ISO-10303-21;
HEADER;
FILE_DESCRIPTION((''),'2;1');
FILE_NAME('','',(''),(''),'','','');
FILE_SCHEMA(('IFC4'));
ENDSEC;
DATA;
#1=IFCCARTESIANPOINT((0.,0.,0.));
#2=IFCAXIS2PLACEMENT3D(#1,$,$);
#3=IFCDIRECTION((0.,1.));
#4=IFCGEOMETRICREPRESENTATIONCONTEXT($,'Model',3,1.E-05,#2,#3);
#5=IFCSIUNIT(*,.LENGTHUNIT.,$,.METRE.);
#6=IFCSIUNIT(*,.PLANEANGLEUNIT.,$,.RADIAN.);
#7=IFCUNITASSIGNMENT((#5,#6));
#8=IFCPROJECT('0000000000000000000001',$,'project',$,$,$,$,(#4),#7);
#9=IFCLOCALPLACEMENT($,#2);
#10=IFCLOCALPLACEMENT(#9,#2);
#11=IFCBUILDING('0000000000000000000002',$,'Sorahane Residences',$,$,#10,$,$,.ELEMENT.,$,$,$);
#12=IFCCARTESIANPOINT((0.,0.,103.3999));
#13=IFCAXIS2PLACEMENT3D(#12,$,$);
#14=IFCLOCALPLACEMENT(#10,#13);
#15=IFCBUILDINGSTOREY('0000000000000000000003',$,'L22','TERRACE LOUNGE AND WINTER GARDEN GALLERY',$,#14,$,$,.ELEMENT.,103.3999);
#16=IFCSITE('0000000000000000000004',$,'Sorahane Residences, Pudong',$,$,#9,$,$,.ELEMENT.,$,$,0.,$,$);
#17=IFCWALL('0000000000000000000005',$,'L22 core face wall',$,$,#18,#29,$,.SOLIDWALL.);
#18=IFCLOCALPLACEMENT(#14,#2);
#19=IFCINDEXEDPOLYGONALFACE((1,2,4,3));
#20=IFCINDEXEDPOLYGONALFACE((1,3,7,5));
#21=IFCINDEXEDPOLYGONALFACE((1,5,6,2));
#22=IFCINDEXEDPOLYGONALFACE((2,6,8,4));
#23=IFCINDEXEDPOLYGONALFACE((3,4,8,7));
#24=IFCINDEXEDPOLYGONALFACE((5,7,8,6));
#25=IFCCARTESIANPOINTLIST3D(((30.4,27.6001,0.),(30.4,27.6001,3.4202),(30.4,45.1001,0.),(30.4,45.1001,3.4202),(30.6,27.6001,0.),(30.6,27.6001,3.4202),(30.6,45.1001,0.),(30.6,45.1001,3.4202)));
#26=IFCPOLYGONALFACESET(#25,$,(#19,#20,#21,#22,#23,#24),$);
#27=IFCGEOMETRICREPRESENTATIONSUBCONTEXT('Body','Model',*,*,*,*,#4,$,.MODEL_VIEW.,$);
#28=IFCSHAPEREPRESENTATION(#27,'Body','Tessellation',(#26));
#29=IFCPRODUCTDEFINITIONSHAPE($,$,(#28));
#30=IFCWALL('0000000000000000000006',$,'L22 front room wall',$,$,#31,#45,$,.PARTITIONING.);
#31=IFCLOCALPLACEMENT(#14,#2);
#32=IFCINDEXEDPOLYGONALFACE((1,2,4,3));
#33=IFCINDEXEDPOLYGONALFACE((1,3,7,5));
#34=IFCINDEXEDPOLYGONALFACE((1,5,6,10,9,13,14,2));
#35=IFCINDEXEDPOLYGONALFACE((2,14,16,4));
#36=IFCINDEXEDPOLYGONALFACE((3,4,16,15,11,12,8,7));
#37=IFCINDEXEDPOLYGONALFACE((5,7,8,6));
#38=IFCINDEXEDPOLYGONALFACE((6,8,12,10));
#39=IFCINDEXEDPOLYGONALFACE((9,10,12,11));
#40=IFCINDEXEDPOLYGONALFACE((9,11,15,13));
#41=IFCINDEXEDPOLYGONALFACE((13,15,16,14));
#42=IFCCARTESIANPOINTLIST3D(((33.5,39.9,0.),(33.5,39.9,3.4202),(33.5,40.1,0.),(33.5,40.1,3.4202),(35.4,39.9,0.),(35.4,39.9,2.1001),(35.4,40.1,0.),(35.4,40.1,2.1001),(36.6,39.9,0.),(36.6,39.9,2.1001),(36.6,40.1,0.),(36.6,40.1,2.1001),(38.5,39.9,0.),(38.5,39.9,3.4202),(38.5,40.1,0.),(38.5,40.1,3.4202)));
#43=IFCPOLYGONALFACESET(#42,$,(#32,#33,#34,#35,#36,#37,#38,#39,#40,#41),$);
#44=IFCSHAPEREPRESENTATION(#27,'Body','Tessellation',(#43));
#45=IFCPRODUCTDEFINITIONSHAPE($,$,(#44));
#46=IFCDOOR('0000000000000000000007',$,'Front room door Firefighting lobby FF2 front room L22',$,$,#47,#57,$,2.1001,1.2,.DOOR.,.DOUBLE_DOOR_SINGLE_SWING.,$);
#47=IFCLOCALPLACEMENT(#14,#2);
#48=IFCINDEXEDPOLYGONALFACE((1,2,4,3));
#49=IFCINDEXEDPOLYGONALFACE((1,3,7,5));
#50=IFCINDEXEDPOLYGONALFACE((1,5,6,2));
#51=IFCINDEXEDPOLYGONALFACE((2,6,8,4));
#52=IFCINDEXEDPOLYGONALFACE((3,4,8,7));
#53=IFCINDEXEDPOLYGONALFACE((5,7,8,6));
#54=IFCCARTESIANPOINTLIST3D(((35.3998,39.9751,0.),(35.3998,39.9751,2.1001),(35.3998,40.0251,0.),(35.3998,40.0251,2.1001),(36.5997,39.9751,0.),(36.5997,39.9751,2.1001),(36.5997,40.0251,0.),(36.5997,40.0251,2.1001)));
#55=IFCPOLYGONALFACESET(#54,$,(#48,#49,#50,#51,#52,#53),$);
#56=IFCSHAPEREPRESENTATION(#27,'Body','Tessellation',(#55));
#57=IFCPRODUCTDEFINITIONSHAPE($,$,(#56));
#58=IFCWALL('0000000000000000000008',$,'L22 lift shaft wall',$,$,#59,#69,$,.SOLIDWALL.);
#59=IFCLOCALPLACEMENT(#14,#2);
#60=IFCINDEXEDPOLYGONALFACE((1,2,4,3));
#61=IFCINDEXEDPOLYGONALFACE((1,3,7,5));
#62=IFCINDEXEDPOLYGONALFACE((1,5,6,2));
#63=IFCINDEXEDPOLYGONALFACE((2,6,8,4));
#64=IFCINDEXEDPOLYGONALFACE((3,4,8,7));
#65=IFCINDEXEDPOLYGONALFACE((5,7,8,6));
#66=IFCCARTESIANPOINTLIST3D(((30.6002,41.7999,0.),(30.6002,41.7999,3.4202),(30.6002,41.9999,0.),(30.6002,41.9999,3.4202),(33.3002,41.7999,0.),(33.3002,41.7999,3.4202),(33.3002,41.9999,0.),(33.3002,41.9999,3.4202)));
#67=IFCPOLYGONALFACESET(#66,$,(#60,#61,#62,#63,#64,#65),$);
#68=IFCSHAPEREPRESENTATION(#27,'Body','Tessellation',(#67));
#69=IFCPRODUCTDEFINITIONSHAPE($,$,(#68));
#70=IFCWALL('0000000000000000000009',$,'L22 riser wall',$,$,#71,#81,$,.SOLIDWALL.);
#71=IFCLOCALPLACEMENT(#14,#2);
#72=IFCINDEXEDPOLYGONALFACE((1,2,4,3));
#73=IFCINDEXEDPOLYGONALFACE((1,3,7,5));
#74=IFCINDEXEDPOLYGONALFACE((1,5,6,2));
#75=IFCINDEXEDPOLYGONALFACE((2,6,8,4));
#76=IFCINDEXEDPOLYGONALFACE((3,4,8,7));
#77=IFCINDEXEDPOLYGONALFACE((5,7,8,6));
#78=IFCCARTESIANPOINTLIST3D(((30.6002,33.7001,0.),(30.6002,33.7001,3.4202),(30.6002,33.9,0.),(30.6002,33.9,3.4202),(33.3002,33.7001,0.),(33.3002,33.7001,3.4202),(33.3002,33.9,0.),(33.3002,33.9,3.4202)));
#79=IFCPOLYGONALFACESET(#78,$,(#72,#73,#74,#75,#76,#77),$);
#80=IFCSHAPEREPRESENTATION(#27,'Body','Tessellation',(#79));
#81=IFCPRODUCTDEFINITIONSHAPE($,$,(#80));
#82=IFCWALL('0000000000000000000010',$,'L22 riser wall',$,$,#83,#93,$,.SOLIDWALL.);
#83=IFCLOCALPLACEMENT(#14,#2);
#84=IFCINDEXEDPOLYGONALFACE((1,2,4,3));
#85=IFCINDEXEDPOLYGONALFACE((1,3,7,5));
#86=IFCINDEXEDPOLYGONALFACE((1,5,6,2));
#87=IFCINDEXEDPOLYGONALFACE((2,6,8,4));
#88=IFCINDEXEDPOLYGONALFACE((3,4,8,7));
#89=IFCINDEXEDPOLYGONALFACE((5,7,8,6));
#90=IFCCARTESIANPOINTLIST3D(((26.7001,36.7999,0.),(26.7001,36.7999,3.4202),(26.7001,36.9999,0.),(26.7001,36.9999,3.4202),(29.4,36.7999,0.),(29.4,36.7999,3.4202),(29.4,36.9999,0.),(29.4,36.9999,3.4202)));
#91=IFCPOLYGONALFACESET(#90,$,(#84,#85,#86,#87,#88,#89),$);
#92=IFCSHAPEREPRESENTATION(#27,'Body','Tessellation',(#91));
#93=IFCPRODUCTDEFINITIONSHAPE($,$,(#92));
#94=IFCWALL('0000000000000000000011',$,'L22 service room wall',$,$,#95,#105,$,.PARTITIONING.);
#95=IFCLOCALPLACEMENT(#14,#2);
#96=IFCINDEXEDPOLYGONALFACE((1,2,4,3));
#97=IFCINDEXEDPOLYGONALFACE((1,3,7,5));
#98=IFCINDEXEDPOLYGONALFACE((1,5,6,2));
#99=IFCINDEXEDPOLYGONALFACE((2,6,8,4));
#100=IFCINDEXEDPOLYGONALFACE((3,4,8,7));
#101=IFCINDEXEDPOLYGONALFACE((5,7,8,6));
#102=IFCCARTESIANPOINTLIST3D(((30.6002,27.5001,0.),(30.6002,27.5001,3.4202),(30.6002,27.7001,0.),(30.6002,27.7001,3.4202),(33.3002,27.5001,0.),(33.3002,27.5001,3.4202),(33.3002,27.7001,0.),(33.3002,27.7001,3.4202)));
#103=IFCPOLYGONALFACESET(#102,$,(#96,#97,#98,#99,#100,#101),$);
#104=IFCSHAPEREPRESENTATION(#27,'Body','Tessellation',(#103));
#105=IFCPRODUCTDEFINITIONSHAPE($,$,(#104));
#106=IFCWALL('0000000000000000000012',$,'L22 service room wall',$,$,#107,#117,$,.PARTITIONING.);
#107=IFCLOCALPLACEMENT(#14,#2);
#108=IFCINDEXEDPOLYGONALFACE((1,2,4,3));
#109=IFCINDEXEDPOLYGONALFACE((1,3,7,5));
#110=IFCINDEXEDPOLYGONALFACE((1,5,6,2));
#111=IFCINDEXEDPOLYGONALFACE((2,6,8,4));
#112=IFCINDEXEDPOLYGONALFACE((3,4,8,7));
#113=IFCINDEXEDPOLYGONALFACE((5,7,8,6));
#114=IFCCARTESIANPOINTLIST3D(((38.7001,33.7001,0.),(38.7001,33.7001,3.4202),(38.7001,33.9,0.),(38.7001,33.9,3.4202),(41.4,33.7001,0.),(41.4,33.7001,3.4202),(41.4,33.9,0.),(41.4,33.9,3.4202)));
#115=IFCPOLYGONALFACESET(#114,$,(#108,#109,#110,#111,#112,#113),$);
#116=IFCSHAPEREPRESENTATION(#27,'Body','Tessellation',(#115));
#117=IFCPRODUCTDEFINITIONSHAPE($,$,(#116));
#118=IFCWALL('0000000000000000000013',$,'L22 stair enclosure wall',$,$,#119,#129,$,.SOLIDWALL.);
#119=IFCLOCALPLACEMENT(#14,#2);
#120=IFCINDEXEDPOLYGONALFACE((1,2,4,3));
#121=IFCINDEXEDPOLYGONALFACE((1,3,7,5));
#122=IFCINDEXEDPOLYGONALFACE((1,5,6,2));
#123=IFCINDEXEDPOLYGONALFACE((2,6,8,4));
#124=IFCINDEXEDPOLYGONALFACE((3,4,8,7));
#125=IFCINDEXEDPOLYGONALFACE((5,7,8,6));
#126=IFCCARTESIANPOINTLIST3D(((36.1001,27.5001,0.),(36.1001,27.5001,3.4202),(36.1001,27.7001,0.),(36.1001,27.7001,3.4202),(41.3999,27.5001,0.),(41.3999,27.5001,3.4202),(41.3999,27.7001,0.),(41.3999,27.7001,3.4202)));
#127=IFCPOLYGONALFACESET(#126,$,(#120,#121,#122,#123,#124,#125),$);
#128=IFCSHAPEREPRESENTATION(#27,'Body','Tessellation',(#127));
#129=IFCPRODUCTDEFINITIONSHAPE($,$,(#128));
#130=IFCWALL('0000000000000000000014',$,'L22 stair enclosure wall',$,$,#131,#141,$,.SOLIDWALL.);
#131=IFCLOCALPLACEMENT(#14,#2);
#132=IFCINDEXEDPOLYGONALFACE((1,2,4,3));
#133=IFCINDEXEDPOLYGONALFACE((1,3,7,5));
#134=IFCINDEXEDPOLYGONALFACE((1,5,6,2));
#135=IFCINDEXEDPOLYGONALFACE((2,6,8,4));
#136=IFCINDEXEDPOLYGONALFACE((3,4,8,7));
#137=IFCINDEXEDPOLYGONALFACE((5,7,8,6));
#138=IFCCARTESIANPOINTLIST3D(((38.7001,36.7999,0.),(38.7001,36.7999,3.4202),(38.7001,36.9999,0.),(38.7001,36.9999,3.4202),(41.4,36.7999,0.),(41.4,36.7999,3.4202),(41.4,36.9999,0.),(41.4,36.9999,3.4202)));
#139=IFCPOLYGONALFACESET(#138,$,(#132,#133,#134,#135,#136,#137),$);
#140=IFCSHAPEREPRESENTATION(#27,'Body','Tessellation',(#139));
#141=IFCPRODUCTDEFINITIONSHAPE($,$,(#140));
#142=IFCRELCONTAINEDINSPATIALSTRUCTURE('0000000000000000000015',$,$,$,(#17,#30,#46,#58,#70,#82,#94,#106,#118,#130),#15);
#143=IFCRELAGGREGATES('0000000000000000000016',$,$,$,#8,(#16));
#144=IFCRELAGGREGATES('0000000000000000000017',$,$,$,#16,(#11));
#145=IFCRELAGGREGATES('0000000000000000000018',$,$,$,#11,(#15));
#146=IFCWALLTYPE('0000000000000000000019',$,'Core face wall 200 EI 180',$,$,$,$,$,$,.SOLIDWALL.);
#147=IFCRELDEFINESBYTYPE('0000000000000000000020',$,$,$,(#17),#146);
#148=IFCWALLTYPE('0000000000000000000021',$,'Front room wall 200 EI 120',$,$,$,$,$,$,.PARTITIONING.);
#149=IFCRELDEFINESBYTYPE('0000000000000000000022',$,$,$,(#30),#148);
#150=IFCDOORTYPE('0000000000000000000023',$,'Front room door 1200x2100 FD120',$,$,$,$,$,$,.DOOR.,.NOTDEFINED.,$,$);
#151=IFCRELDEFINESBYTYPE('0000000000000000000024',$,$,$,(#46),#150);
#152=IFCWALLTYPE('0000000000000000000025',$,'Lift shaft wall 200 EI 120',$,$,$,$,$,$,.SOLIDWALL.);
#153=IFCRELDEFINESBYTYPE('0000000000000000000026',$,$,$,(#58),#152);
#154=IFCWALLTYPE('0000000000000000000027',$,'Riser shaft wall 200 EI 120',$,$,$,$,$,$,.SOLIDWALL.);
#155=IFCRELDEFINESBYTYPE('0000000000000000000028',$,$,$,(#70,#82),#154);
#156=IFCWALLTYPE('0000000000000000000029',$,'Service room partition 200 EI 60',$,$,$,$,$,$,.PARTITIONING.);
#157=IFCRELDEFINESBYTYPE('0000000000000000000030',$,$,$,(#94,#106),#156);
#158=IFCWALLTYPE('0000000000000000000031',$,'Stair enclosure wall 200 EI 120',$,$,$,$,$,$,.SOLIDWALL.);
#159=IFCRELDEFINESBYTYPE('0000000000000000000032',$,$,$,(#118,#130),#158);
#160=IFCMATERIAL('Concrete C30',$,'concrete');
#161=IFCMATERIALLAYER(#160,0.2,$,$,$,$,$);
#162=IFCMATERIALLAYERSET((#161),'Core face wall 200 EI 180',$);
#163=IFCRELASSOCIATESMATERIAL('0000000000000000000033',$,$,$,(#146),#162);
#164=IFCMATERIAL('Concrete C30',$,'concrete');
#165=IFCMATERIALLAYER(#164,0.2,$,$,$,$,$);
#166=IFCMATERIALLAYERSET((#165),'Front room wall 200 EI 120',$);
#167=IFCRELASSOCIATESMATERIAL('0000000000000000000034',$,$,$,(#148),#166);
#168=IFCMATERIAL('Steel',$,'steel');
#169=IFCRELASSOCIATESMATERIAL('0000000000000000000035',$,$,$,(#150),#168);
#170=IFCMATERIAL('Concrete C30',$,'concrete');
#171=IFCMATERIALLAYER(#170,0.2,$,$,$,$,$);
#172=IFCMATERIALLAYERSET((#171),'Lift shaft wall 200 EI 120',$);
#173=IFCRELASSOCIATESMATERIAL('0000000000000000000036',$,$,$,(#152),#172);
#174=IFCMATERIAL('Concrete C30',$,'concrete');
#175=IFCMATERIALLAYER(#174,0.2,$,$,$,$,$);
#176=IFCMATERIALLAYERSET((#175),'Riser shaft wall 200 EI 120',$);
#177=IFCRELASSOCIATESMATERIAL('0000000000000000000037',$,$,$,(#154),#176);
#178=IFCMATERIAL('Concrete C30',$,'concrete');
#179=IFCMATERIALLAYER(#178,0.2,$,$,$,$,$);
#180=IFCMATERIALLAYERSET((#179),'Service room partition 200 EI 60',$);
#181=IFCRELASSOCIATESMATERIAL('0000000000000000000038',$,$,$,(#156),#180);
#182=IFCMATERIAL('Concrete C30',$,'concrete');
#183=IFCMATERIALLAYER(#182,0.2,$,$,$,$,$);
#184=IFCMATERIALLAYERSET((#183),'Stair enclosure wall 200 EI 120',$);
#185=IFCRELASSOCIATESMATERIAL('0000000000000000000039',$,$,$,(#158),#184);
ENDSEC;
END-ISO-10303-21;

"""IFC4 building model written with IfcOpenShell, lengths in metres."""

from ifc_helpers import new_model, si_unit, direction, frame, frame_2d, origin, place, context, subcontext, project, spatial, rectangle, extrude, material, layer, layer_set, type_object, element, fill, save


model = new_model("IFC4")

# Units and contexts
model_context = context("Model", 3, precision=1e-05, world=origin(), true_north=direction((0.0, 1.0)))
body_context = subcontext(model_context, "Body", "Model", "MODEL_VIEW")
ifc_project = project(units=[si_unit("LENGTHUNIT", "METRE"), si_unit("PLANEANGLEUNIT", "RADIAN")], contexts=[model_context])

# Site, building, storey
site_placement = place(None, origin())
site = spatial("IfcSite", under=ifc_project, at=site_placement, Name="Sorahane Residences, Pudong", CompositionType="ELEMENT", RefElevation=0.0)
building_placement = place(site_placement, origin())
building = spatial("IfcBuilding", under=site, at=building_placement, Name="Sorahane Residences", CompositionType="ELEMENT")
storey_placement = place(building_placement, frame((0.0, 0.0, 103.3999)))
storey = spatial("IfcBuildingStorey", under=building, at=storey_placement, Name="L22", Description="TERRACE LOUNGE AND WINTER GARDEN GALLERY", CompositionType="ELEMENT", Elevation=103.3999)

# Wall
ifc_material_1 = material(Name="Concrete C30", Category="concrete")
ifc_layer_1 = layer(ifc_material_1, 0.2)
ifc_layer_set_1 = layer_set([ifc_layer_1], Name="Core face wall 200 EI 180")
wall_type_1 = type_object("IfcWallType", Name="Core face wall 200 EI 180", PredefinedType="SOLIDWALL", material=ifc_layer_set_1)
for number, where, z_axis, x_axis, name in (
    (1, (30.5, 27.6001, 0.0), (0.0, 0.0, 1.0), (0.0, 1.0, 0.0), "L22 core face wall"),
):
    element("IfcWall", number, at=place(storey_placement, frame(where, z_axis=z_axis, x_axis=x_axis)), inside=storey, type_object=wall_type_1, Name=name, PredefinedType="SOLIDWALL", context=body_context, shape_type="SweptSolid", body=[
        extrude(rectangle(XDim=17.5, YDim=0.2, at=frame_2d((8.75, 0.0))), origin(), (0.0, 0.0, 1.0), 3.4202),
    ])

# Wall, opening, door
ifc_material_2 = material(Name="Concrete C30", Category="concrete")
ifc_layer_2 = layer(ifc_material_2, 0.2)
ifc_layer_set_2 = layer_set([ifc_layer_2], Name="Front room wall 200 EI 120")
wall_type_2 = type_object("IfcWallType", Name="Front room wall 200 EI 120", PredefinedType="PARTITIONING", material=ifc_layer_set_2)
wall_1_placement = place(storey_placement, frame((33.5, 40.0, 0.0), z_axis=(0.0, 0.0, 1.0), x_axis=(1.0, 0.0, 0.0)))
wall_1 = element("IfcWall", 2, at=wall_1_placement, inside=storey, type_object=wall_type_2, Name="L22 front room wall", PredefinedType="PARTITIONING", context=body_context, shape_type="SweptSolid", body=[
    extrude(rectangle(XDim=5.0, YDim=0.2, at=frame_2d((2.5, 0.0))), origin(), (0.0, 0.0, 1.0), 3.4202),
])
opening_placement = place(wall_1_placement, frame((1.8999, 0.0, 0.0)))
opening = element("IfcOpeningElement", 3, at=opening_placement, cuts=wall_1, PredefinedType="OPENING", context=body_context, shape_type="SweptSolid", body=[
    extrude(rectangle(XDim=1.2, YDim=2.1001, at=frame_2d((0.6001, 1.05))), frame((0.0, 0.1099, 0.0), z_axis=(0.0, -1.0, 0.0), x_axis=(1.0, 0.0, 0.0)), (0.0, 0.0, 1.0), 0.22),
])
ifc_material_3 = material(Name="Steel", Category="steel")
door_type = type_object("IfcDoorType", Name="Front room door 1200x2100 FD120", OperationType="NOTDEFINED", PredefinedType="DOOR", material=ifc_material_3)
door_placement = place(opening_placement, frame((1.2, 0.0, 0.0), z_axis=(0.0, 0.0, 1.0), x_axis=(-1.0, 0.0, 0.0)))
door = element("IfcDoor", 4, at=door_placement, inside=storey, type_object=door_type, Name="Front room door Firefighting lobby FF2 front room L22", OperationType="DOUBLE_DOOR_SINGLE_SWING", OverallHeight=2.1001, OverallWidth=1.2, PredefinedType="DOOR", context=body_context, shape_type="SweptSolid", body=[
    extrude(rectangle(XDim=1.2, YDim=2.1001, at=frame_2d((0.6001, 1.05))), frame((0.0, 0.0249, 0.0), z_axis=(0.0, -1.0, 0.0), x_axis=(1.0, 0.0, 0.0)), (0.0, 0.0, 1.0), 0.05),
])
fill(opening, door)

# Walls
ifc_material_4 = material(Name="Concrete C30", Category="concrete")
ifc_layer_3 = layer(ifc_material_4, 0.2)
ifc_layer_set_3 = layer_set([ifc_layer_3], Name="Lift shaft wall 200 EI 120")
wall_type_3 = type_object("IfcWallType", Name="Lift shaft wall 200 EI 120", PredefinedType="SOLIDWALL", material=ifc_layer_set_3)
wall_2_placement = place(storey_placement, frame((30.6001, 41.8999, 0.0), z_axis=(0.0, 0.0, 1.0), x_axis=(1.0, 0.0, 0.0)))
element("IfcWall", 5, at=wall_2_placement, inside=storey, type_object=wall_type_3, Name="L22 lift shaft wall", PredefinedType="SOLIDWALL", context=body_context, shape_type="SweptSolid", body=[
    extrude(rectangle(XDim=2.7, YDim=0.2, at=frame_2d((1.3501, 0.0))), origin(), (0.0, 0.0, 1.0), 3.4202),
])
ifc_material_5 = material(Name="Concrete C30", Category="concrete")
ifc_layer_4 = layer(ifc_material_5, 0.2)
ifc_layer_set_4 = layer_set([ifc_layer_4], Name="Riser shaft wall 200 EI 120")
wall_type_4 = type_object("IfcWallType", Name="Riser shaft wall 200 EI 120", PredefinedType="SOLIDWALL", material=ifc_layer_set_4)
for number, where, z_axis, x_axis, name in (
    (6, (30.6001, 33.8, 0.0), (0.0, 0.0, 1.0), (1.0, 0.0, 0.0), "L22 riser wall"),
    (7, (26.7, 36.8999, 0.0), (0.0, 0.0, 1.0), (1.0, 0.0, 0.0), "L22 riser wall"),
):
    element("IfcWall", number, at=place(storey_placement, frame(where, z_axis=z_axis, x_axis=x_axis)), inside=storey, type_object=wall_type_4, Name=name, PredefinedType="SOLIDWALL", context=body_context, shape_type="SweptSolid", body=[
        extrude(rectangle(XDim=2.7, YDim=0.2, at=frame_2d((1.3501, 0.0))), origin(), (0.0, 0.0, 1.0), 3.4202),
    ])
ifc_material_6 = material(Name="Concrete C30", Category="concrete")
ifc_layer_5 = layer(ifc_material_6, 0.2)
ifc_layer_set_5 = layer_set([ifc_layer_5], Name="Service room partition 200 EI 60")
wall_type_5 = type_object("IfcWallType", Name="Service room partition 200 EI 60", PredefinedType="PARTITIONING", material=ifc_layer_set_5)
for number, where, z_axis, x_axis, name in (
    (8, (30.6001, 27.6001, 0.0), (0.0, 0.0, 1.0), (1.0, 0.0, 0.0), "L22 service room wall"),
    (9, (38.7, 33.8, 0.0), (0.0, 0.0, 1.0), (1.0, 0.0, 0.0), "L22 service room wall"),
):
    element("IfcWall", number, at=place(storey_placement, frame(where, z_axis=z_axis, x_axis=x_axis)), inside=storey, type_object=wall_type_5, Name=name, PredefinedType="PARTITIONING", context=body_context, shape_type="SweptSolid", body=[
        extrude(rectangle(XDim=2.7, YDim=0.2, at=frame_2d((1.3501, 0.0))), origin(), (0.0, 0.0, 1.0), 3.4202),
    ])
ifc_material_7 = material(Name="Concrete C30", Category="concrete")
ifc_layer_6 = layer(ifc_material_7, 0.2)
ifc_layer_set_6 = layer_set([ifc_layer_6], Name="Stair enclosure wall 200 EI 120")
wall_type_6 = type_object("IfcWallType", Name="Stair enclosure wall 200 EI 120", PredefinedType="SOLIDWALL", material=ifc_layer_set_6)
wall_3_placement = place(storey_placement, frame((36.1001, 27.6001, 0.0), z_axis=(0.0, 0.0, 1.0), x_axis=(1.0, 0.0, 0.0)))
element("IfcWall", 10, at=wall_3_placement, inside=storey, type_object=wall_type_6, Name="L22 stair enclosure wall", PredefinedType="SOLIDWALL", context=body_context, shape_type="SweptSolid", body=[
    extrude(rectangle(XDim=5.2998, YDim=0.2, at=frame_2d((2.6499, 0.0))), origin(), (0.0, 0.0, 1.0), 3.4202),
])
wall_4_placement = place(storey_placement, frame((38.7, 36.8999, 0.0), z_axis=(0.0, 0.0, 1.0), x_axis=(1.0, 0.0, 0.0)))
element("IfcWall", 11, at=wall_4_placement, inside=storey, type_object=wall_type_6, Name="L22 stair enclosure wall", PredefinedType="SOLIDWALL", context=body_context, shape_type="SweptSolid", body=[
    extrude(rectangle(XDim=2.7, YDim=0.2, at=frame_2d((1.3501, 0.0))), origin(), (0.0, 0.0, 1.0), 3.4202),
])

save(model, "model.ifc")
